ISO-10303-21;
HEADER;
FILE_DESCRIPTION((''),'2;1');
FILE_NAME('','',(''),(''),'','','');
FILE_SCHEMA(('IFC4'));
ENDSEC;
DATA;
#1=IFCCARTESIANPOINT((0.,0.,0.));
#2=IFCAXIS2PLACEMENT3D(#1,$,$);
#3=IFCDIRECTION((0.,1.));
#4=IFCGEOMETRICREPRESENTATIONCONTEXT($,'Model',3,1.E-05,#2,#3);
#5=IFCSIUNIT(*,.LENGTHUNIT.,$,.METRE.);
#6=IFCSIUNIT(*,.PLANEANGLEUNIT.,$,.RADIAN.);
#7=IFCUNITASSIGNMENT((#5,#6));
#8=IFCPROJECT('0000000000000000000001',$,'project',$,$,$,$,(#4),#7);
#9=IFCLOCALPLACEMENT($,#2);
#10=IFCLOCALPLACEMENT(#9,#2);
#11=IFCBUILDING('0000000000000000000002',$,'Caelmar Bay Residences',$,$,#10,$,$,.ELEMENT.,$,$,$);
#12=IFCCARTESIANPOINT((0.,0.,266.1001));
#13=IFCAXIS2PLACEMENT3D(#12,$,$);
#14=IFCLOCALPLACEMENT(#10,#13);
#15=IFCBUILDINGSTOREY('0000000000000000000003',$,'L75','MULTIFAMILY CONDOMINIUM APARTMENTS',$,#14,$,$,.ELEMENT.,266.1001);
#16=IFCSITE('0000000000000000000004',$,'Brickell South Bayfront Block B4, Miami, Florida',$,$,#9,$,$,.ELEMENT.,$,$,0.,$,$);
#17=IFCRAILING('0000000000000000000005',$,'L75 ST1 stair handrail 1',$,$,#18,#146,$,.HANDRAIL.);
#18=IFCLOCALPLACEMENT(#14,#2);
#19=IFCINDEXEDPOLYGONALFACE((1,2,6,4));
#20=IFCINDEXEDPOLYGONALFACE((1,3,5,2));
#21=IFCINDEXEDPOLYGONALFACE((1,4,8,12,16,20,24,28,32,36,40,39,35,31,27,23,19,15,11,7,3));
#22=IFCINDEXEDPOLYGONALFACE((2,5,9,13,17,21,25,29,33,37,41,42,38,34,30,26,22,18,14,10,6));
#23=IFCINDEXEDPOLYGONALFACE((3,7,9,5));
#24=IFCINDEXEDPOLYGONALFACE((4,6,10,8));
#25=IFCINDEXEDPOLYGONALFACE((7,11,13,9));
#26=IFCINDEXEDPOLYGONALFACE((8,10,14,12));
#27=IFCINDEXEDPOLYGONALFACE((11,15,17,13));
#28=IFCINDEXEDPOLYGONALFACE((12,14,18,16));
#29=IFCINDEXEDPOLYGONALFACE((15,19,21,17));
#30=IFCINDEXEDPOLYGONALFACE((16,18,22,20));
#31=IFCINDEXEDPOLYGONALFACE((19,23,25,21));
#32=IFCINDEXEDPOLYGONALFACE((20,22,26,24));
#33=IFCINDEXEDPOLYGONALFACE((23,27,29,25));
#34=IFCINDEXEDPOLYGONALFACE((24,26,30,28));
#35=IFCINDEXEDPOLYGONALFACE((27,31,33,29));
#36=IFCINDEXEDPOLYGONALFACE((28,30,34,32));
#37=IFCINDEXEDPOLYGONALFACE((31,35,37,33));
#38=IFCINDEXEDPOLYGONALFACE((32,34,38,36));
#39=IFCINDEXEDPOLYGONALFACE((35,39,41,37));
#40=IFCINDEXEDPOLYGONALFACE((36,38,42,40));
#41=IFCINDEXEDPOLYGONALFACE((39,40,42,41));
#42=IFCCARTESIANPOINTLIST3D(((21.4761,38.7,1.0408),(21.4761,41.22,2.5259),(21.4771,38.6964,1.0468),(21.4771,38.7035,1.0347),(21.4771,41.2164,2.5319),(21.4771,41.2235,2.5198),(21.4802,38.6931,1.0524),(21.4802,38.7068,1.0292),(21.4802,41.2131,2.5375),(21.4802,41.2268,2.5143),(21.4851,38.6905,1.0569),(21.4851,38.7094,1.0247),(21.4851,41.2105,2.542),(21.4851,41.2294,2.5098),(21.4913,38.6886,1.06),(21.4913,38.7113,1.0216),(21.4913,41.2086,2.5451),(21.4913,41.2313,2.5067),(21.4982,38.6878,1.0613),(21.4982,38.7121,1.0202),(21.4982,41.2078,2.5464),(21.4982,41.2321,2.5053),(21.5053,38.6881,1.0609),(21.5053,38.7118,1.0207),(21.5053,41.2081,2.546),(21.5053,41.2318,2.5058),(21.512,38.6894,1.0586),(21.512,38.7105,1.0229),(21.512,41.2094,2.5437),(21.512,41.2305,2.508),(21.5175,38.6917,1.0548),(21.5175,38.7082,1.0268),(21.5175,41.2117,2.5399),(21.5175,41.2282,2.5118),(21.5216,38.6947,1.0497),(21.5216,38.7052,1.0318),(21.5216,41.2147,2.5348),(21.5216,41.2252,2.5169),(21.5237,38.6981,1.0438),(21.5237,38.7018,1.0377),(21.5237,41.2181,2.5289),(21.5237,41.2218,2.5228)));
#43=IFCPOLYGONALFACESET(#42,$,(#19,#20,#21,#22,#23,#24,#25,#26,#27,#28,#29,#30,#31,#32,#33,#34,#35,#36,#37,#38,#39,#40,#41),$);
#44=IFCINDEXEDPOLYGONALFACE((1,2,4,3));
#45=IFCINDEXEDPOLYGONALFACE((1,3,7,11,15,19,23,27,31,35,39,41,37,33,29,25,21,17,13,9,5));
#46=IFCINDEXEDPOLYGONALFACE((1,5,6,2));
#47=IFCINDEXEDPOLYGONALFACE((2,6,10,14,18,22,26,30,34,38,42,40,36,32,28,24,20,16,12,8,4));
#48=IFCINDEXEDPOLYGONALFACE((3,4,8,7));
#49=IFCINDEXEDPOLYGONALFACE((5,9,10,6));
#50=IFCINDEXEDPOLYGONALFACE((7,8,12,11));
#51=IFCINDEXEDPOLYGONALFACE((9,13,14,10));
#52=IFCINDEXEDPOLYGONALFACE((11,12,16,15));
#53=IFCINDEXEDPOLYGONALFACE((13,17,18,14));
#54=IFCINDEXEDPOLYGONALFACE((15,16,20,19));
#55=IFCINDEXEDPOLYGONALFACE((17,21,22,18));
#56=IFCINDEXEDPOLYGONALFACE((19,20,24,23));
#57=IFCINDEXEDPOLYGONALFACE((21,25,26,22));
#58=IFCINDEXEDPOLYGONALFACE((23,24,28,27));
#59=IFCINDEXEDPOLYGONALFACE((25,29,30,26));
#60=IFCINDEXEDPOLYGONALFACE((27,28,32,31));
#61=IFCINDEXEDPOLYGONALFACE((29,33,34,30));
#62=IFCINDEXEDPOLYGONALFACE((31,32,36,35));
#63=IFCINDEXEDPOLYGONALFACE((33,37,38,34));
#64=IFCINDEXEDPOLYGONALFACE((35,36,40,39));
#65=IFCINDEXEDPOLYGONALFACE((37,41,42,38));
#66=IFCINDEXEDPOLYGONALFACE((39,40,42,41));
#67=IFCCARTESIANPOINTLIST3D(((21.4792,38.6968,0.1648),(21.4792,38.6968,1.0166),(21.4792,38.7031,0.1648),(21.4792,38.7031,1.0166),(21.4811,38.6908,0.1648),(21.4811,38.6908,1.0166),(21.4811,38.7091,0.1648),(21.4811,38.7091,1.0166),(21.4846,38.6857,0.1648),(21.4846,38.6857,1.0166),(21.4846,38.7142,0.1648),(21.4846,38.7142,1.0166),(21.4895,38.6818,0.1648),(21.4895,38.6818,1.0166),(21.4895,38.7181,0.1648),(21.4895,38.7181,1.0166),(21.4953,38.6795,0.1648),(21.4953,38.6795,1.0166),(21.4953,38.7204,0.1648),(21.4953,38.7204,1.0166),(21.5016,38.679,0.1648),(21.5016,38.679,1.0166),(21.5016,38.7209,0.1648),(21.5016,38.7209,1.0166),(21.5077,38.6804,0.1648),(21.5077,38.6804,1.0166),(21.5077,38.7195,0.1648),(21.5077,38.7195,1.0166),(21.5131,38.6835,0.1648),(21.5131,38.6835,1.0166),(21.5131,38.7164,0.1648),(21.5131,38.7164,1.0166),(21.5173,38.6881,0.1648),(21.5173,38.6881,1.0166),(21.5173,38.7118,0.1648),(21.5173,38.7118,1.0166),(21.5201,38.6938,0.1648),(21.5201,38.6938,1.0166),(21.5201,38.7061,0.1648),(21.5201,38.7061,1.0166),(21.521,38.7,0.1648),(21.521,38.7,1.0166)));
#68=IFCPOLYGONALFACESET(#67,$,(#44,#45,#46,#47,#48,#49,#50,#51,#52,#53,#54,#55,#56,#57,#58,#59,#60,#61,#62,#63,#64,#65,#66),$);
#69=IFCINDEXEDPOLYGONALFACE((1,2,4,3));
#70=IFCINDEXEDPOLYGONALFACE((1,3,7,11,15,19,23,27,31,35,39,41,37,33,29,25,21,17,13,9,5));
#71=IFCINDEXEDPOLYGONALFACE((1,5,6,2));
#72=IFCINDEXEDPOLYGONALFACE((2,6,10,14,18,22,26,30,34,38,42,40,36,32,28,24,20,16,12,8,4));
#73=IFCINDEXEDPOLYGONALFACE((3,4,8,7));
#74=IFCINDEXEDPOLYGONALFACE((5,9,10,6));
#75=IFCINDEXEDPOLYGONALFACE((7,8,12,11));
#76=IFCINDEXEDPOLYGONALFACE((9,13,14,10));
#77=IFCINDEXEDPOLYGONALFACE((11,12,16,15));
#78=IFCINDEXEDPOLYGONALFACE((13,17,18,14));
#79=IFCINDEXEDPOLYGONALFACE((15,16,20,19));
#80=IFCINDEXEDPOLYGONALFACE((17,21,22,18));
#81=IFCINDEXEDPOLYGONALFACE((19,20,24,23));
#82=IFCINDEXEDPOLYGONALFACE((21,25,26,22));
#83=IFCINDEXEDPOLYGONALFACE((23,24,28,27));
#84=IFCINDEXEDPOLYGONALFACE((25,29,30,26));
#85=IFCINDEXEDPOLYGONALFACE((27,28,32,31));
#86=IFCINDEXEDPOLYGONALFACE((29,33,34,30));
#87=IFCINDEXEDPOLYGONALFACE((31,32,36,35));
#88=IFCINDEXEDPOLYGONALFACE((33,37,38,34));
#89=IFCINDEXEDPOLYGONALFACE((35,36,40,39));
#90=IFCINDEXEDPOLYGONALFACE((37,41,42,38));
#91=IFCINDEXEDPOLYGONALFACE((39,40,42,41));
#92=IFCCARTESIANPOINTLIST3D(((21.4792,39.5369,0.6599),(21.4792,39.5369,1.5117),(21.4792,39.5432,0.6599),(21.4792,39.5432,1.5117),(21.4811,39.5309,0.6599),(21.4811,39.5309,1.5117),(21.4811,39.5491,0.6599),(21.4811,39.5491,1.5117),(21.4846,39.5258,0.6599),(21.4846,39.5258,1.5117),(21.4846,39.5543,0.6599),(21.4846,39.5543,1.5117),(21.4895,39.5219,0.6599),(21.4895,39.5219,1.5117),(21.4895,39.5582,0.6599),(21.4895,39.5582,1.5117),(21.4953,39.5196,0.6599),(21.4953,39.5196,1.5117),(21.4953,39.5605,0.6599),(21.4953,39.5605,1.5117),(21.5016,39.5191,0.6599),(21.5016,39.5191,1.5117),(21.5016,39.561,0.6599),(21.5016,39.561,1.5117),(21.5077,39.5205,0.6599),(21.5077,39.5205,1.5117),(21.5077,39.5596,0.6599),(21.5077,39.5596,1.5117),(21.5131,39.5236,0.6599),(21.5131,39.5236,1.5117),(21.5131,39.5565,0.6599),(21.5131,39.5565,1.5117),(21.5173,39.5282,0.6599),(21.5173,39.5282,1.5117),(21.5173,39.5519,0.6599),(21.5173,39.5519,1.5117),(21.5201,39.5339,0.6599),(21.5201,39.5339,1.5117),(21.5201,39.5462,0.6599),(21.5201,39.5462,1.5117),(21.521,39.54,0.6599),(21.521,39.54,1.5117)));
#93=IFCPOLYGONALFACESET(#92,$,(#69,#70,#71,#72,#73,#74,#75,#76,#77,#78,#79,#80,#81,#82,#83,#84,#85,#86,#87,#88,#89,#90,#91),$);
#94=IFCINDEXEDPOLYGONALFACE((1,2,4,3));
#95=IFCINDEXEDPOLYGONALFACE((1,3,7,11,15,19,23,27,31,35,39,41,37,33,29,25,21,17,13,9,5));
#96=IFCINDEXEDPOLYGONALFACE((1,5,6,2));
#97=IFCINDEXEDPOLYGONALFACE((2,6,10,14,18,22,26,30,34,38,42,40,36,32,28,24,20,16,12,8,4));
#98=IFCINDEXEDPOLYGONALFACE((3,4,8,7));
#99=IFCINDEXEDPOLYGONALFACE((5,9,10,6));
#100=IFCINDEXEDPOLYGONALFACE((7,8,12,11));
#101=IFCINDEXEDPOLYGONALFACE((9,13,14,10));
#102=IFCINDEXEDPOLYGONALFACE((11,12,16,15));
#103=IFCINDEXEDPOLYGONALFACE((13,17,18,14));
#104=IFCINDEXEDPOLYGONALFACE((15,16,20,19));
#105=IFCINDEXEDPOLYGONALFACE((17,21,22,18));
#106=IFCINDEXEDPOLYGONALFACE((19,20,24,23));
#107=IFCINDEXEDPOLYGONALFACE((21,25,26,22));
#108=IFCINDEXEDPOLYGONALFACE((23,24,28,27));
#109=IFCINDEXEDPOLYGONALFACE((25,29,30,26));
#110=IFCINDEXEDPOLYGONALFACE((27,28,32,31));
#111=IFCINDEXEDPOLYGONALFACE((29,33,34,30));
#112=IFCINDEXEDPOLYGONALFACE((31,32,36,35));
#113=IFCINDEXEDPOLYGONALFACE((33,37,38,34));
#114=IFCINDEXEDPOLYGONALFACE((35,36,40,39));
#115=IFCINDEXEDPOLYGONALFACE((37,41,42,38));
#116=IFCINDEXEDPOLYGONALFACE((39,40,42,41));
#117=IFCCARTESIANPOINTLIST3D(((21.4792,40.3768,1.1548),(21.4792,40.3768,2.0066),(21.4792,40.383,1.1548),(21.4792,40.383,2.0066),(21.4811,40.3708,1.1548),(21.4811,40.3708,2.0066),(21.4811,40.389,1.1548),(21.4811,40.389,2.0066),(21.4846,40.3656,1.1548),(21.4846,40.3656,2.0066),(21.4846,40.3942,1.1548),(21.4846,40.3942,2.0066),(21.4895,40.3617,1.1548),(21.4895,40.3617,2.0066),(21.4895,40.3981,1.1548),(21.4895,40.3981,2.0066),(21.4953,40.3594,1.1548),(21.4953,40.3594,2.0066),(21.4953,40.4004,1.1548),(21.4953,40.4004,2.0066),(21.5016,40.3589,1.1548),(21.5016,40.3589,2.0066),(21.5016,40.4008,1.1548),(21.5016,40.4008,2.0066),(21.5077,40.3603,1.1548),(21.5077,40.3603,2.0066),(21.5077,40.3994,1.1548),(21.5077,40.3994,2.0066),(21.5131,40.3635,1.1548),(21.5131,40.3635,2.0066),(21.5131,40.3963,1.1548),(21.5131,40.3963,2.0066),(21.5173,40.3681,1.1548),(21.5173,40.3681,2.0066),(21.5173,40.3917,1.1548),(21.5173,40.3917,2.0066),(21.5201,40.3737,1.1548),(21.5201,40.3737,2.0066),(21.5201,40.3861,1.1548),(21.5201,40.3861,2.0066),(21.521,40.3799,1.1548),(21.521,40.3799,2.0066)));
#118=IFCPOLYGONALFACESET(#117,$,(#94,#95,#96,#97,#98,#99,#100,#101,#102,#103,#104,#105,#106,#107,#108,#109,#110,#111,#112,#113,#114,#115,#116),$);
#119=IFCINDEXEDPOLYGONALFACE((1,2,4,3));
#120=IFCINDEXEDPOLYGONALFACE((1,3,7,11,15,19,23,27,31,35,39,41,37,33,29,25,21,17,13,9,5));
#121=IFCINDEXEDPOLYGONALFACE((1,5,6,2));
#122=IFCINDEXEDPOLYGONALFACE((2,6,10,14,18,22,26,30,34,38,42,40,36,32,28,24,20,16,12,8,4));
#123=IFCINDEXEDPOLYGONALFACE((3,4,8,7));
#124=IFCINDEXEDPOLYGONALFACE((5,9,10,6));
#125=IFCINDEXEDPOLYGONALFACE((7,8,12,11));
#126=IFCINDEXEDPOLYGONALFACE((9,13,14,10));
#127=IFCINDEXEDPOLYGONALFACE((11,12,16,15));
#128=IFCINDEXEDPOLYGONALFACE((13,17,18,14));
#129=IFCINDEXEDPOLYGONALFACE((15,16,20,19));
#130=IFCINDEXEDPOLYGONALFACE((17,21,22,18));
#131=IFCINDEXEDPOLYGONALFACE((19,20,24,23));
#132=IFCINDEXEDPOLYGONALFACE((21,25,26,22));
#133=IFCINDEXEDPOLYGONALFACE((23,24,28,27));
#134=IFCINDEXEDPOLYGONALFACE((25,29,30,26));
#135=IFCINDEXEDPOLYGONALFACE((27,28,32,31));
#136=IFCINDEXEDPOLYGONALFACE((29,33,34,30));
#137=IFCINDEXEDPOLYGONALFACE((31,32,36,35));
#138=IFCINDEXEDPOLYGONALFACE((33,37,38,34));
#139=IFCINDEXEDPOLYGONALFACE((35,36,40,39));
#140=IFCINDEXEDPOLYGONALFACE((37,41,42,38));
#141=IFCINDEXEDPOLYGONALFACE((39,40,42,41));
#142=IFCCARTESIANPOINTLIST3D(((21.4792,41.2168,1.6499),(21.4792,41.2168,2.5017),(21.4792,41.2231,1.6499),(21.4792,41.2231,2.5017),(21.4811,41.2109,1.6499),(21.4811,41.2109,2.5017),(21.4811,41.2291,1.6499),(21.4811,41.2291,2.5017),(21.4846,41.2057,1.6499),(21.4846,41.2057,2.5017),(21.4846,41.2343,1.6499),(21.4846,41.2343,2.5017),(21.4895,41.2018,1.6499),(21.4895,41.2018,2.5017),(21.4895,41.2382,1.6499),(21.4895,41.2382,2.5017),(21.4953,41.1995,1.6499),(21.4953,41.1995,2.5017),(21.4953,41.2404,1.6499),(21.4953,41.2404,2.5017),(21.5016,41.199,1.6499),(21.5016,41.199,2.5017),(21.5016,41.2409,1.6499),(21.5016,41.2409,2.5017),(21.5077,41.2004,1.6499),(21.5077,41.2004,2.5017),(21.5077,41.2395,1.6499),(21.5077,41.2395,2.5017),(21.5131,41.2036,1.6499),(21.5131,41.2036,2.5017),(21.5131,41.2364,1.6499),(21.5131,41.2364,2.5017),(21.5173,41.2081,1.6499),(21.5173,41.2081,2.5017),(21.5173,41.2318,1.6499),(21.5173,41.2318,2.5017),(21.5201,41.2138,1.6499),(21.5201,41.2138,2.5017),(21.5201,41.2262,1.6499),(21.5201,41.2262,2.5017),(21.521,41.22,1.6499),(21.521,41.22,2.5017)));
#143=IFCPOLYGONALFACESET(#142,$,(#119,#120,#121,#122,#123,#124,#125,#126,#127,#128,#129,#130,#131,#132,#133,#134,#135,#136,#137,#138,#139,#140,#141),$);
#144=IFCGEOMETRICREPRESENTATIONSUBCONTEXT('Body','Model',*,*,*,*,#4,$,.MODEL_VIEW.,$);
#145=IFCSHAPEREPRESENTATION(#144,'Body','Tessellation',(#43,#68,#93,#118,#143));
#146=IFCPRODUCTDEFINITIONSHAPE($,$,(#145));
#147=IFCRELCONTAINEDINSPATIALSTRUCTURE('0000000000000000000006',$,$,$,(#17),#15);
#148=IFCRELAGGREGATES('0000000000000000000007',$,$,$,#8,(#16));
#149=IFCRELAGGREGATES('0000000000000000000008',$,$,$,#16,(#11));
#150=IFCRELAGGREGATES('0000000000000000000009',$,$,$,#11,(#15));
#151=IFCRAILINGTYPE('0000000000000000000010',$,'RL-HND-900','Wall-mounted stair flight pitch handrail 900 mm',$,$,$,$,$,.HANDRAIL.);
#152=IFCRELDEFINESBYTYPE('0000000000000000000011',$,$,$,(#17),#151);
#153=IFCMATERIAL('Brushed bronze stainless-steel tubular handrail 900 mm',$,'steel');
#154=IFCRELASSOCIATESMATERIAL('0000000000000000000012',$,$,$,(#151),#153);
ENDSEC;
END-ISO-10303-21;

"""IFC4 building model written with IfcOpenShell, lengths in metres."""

from ifc_helpers import new_model, si_unit, direction, frame, origin, origin_2d, place, context, subcontext, project, spatial, circle, extrude, material, type_object, element, save


model = new_model("IFC4")

# Units and contexts
model_context = context("Model", 3, precision=1e-05, world=origin(), true_north=direction((0.0, 1.0)))
body_context = subcontext(model_context, "Body", "Model", "MODEL_VIEW")
ifc_project = project(units=[si_unit("LENGTHUNIT", "METRE"), si_unit("PLANEANGLEUNIT", "RADIAN")], contexts=[model_context])

# Site, building, storey
site_placement = place(None, origin())
site = spatial("IfcSite", under=ifc_project, at=site_placement, Name="Brickell South Bayfront Block B4, Miami, Florida", CompositionType="ELEMENT", RefElevation=0.0)
building_placement = place(site_placement, origin())
building = spatial("IfcBuilding", under=site, at=building_placement, Name="Caelmar Bay Residences", CompositionType="ELEMENT")
storey_placement = place(building_placement, frame((0.0, 0.0, 266.1001)))
storey = spatial("IfcBuildingStorey", under=building, at=storey_placement, Name="L75", Description="MULTIFAMILY CONDOMINIUM APARTMENTS", CompositionType="ELEMENT", Elevation=266.1001)

# Railing
ifc_material_1 = material(Name="Brushed bronze stainless-steel tubular handrail 900 mm", Category="steel")
railing_type_1 = type_object("IfcRailingType", Name="RL-HND-900", Description="Wall-mounted stair flight pitch handrail 900 mm", PredefinedType="HANDRAIL", material=ifc_material_1)
railing_1_placement = place(storey_placement, frame((21.5, 38.7, 0.1648)))
element("IfcRailing", 1, at=railing_1_placement, inside=storey, type_object=railing_type_1, Name="L75 ST1 stair handrail 1", PredefinedType="HANDRAIL", context=body_context, shape_type="SweptSolid", body=[
    extrude(circle(Radius=0.0239, at=origin_2d()), frame((0.0, 0.0, 0.876), z_axis=(0.0, 0.861524, 0.507717), x_axis=(-1.0, 0.0, 0.0)), (0.0, 0.0, 1.0), 2.925),
    extrude(circle(Radius=0.021, at=origin_2d()), origin(), (0.0, 0.0, 1.0), 0.8518),
    extrude(circle(Radius=0.021, at=origin_2d()), frame((0.0, 0.8401, 0.4951)), (0.0, 0.0, 1.0), 0.8518),
    extrude(circle(Radius=0.021, at=origin_2d()), frame((0.0, 1.6799, 0.99)), (0.0, 0.0, 1.0), 0.8518),
    extrude(circle(Radius=0.021, at=origin_2d()), frame((0.0, 2.52, 1.4851)), (0.0, 0.0, 1.0), 0.8518),
])

save(model, "model.ifc")
